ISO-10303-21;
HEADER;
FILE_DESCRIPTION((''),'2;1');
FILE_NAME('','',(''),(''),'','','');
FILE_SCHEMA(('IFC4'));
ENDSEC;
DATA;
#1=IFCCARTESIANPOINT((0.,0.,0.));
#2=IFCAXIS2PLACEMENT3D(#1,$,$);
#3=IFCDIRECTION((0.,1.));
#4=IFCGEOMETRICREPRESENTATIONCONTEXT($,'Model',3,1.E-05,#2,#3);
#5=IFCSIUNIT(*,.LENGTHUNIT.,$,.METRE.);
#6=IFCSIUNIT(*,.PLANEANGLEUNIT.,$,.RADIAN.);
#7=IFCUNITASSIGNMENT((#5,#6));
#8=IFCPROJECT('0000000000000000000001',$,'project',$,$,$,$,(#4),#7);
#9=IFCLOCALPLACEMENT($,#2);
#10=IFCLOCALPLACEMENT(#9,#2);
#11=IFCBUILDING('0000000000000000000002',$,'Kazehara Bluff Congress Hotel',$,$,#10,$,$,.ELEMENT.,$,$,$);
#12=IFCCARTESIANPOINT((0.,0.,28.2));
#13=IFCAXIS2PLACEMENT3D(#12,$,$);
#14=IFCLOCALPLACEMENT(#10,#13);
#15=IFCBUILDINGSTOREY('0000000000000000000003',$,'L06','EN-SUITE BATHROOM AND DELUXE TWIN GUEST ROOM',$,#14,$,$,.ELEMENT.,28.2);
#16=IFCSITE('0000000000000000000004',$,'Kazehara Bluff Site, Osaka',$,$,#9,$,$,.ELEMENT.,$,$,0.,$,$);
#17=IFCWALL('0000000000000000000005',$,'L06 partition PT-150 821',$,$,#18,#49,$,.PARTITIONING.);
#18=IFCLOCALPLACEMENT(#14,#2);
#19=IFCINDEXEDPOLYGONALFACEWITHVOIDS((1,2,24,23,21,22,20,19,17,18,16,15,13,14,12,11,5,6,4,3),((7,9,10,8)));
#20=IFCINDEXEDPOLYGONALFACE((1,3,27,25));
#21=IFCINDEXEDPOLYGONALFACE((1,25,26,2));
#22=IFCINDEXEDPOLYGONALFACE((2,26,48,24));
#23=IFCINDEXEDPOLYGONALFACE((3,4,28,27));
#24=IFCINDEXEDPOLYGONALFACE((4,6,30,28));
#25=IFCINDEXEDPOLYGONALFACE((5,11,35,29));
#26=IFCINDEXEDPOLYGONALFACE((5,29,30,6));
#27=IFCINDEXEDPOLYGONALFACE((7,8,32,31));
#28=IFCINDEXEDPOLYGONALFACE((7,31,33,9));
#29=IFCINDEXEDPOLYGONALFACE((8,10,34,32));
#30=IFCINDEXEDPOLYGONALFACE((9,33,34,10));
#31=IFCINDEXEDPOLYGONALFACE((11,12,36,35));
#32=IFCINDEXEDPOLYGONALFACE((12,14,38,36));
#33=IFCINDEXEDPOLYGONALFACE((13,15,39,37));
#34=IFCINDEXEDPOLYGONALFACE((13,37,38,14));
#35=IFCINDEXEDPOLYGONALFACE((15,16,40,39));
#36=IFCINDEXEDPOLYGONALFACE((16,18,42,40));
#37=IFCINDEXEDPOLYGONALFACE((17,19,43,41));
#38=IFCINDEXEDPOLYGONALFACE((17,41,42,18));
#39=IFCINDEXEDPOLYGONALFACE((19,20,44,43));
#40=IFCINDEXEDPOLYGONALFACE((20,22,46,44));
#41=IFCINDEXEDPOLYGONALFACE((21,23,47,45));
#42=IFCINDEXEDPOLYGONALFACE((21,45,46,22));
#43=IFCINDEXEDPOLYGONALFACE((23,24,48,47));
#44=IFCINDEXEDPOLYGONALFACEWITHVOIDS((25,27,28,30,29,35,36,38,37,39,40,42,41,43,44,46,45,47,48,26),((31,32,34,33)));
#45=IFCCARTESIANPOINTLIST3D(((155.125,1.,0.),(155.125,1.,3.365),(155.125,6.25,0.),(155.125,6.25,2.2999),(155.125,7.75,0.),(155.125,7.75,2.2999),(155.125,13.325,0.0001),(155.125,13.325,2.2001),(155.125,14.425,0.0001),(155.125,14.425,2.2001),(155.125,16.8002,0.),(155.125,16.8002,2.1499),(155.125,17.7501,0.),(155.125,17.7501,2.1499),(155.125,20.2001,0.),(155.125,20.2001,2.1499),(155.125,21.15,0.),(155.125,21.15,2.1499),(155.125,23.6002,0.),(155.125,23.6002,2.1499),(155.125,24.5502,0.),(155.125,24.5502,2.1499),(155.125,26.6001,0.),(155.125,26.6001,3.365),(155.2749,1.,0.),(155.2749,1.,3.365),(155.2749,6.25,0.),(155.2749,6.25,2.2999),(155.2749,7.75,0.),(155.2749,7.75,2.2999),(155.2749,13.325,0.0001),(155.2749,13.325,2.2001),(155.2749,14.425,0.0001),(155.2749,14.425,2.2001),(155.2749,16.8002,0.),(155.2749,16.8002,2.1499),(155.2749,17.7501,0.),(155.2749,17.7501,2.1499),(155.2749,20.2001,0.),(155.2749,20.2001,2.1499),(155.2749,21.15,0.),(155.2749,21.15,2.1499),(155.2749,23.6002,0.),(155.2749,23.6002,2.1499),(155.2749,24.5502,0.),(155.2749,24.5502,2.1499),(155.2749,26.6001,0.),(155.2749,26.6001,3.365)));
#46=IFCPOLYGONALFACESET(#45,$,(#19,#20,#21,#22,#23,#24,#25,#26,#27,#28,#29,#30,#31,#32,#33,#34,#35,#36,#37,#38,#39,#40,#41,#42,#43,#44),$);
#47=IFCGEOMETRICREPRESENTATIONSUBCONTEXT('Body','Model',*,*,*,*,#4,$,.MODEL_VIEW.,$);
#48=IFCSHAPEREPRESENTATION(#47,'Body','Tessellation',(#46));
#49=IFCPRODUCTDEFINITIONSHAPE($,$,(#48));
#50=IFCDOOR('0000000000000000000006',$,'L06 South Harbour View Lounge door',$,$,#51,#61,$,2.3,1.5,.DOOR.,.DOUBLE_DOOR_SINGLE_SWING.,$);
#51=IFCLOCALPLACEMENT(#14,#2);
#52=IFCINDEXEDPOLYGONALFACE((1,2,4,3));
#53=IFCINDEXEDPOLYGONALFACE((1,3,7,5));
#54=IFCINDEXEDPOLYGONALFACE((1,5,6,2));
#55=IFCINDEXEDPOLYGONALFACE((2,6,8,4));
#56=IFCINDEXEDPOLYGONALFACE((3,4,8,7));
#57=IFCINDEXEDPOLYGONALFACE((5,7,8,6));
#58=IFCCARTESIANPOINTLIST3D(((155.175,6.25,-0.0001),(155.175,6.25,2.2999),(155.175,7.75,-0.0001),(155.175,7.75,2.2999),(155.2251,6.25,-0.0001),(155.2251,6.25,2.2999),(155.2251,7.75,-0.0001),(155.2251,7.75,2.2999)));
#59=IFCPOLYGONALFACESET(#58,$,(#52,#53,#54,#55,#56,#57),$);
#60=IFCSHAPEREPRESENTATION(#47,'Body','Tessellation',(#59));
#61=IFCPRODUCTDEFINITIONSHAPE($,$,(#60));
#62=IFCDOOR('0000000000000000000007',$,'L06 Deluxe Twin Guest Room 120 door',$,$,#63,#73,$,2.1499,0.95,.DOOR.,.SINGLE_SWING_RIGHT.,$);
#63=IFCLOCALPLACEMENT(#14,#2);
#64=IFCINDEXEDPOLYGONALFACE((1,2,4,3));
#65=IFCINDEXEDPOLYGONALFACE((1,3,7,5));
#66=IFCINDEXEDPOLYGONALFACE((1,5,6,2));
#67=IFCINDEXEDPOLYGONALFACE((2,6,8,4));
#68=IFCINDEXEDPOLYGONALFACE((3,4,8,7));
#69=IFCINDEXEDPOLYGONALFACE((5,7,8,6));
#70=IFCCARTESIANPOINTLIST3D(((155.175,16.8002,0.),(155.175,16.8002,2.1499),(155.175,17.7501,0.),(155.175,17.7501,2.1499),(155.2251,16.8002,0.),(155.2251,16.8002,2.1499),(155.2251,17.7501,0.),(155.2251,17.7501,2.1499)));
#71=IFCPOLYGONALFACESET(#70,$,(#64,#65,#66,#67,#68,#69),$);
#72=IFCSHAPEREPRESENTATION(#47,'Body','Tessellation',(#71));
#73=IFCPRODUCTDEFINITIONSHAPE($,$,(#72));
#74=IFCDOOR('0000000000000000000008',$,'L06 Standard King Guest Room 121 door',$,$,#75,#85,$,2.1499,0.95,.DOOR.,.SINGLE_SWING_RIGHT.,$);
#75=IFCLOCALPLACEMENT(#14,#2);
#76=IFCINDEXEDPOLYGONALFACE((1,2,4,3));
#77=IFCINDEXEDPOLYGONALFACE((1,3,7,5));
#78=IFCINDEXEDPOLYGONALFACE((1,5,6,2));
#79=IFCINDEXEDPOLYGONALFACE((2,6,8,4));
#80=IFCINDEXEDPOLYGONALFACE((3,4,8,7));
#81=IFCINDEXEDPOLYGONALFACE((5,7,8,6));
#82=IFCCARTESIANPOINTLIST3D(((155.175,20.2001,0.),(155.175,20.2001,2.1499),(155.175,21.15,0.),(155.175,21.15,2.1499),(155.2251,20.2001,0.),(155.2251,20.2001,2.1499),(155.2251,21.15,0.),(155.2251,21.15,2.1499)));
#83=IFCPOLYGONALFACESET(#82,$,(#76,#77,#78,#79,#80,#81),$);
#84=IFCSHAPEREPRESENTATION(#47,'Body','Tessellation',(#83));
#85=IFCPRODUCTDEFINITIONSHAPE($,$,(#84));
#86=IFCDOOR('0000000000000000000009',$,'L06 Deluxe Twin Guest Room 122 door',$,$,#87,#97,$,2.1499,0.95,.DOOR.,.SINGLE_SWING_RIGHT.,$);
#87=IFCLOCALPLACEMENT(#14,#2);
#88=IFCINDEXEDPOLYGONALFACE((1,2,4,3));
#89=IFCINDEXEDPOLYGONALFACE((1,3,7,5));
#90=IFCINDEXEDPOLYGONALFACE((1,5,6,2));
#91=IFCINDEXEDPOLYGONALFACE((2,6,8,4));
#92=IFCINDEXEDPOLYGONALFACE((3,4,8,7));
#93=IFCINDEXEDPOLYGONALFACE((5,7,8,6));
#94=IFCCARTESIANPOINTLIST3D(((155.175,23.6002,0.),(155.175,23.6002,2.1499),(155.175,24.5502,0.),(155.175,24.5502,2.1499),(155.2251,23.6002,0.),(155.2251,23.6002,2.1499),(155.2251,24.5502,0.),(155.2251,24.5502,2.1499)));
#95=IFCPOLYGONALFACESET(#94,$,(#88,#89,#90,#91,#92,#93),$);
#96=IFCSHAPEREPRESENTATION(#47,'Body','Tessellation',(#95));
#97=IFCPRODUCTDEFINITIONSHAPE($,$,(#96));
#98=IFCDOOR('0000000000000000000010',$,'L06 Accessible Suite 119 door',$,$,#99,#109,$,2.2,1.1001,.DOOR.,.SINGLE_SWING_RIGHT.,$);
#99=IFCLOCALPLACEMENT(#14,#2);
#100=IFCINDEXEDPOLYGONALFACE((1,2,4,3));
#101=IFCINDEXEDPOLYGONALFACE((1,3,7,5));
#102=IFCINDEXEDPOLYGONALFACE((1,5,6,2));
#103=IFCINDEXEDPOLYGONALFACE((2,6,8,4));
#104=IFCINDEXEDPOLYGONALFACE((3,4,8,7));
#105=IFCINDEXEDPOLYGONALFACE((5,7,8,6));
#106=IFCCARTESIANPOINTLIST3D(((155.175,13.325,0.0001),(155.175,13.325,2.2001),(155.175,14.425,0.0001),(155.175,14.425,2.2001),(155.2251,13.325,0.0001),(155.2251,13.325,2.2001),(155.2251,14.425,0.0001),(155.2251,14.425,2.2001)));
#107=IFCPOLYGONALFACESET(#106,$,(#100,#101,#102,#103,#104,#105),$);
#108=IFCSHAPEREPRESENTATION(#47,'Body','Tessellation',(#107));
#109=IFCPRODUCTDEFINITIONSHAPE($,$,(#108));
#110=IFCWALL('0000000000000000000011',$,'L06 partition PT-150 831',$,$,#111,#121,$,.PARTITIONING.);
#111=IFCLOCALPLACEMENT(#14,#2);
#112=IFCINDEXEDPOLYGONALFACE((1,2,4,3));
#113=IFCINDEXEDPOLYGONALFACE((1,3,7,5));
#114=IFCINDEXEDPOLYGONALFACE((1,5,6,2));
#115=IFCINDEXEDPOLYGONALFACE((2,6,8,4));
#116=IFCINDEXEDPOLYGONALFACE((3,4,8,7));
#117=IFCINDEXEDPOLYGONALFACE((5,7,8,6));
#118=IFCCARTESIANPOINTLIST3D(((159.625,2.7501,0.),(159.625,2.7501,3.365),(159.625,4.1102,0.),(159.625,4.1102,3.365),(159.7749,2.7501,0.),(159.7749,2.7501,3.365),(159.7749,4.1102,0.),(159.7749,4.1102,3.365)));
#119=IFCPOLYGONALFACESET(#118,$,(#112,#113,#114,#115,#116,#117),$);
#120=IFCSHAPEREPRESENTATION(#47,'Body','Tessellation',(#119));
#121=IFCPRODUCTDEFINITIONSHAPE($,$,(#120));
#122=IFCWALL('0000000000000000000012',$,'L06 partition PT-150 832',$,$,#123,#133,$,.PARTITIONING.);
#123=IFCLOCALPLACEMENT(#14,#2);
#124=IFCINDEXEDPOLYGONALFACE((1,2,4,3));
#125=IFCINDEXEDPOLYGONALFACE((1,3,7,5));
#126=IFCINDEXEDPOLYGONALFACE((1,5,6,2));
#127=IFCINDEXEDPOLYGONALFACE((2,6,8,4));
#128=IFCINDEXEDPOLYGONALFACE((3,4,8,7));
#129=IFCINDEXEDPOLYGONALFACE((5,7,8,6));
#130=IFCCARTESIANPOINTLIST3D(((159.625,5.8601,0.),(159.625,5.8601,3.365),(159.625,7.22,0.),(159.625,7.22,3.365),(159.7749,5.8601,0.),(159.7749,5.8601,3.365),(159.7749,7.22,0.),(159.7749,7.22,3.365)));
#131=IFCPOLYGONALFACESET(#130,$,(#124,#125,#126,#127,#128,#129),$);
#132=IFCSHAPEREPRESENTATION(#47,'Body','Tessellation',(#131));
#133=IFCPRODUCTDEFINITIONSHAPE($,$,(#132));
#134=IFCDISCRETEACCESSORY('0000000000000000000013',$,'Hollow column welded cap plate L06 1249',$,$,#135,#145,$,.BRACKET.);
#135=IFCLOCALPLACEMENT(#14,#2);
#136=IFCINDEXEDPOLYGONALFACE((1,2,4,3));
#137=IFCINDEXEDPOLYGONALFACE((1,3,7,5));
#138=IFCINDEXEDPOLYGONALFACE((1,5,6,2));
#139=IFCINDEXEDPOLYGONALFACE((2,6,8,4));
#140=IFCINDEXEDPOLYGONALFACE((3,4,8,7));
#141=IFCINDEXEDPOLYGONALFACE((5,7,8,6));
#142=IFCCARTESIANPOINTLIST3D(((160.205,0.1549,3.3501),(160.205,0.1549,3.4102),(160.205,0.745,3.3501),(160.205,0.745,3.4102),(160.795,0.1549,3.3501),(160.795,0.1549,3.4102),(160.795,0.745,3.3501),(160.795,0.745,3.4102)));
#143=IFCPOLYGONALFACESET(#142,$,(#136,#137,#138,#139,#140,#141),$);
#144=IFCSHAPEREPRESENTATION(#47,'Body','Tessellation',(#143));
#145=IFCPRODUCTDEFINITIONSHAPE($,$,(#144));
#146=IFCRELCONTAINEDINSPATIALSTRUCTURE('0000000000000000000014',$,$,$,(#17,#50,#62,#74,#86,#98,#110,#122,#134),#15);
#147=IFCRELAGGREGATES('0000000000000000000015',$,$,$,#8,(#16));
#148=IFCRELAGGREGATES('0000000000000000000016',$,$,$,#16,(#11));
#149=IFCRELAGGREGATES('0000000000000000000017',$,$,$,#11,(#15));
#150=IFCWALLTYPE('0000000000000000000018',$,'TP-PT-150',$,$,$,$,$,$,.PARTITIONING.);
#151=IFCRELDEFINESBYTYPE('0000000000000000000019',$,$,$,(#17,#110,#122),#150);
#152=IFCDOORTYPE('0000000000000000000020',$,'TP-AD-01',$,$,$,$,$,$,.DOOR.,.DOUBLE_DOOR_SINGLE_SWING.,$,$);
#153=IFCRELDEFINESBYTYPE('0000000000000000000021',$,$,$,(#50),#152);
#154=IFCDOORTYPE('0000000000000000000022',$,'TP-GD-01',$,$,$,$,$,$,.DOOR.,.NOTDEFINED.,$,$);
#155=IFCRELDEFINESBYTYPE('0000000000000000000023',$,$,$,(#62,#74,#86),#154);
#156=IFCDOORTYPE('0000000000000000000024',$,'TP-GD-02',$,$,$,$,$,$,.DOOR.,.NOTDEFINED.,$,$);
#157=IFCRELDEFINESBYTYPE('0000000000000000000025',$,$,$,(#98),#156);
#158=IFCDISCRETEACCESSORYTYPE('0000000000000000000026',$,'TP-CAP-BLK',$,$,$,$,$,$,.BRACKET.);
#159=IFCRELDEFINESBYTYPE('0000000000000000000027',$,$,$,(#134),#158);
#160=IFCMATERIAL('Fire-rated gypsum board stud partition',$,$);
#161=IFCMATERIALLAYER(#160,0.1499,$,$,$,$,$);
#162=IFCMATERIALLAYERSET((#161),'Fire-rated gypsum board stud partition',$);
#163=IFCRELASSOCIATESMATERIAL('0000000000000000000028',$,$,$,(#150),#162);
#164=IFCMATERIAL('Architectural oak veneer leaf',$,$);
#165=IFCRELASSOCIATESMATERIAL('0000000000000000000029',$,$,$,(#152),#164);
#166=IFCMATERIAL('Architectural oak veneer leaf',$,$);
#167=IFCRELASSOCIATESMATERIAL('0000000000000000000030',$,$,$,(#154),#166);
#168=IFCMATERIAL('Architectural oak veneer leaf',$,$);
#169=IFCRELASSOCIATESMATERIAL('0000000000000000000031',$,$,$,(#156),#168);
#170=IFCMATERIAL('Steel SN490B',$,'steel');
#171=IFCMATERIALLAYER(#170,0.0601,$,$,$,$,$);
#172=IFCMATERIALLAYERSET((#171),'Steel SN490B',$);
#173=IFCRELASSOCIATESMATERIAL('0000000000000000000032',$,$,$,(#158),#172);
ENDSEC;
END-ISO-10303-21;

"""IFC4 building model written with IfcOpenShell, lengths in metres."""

from ifc_helpers import new_model, si_unit, direction, frame, frame_2d, origin, origin_2d, place, context, subcontext, project, spatial, rectangle, extrude, material, layer, layer_set, type_object, element, fill, save


model = new_model("IFC4")

# Units and contexts
model_context = context("Model", 3, precision=1e-05, world=origin(), true_north=direction((0.0, 1.0)))
body_context = subcontext(model_context, "Body", "Model", "MODEL_VIEW")
ifc_project = project(units=[si_unit("LENGTHUNIT", "METRE"), si_unit("PLANEANGLEUNIT", "RADIAN")], contexts=[model_context])

# Site, building, storey
site_placement = place(None, origin())
site = spatial("IfcSite", under=ifc_project, at=site_placement, Name="Kazehara Bluff Site, Osaka", CompositionType="ELEMENT", RefElevation=0.0)
building_placement = place(site_placement, origin())
building = spatial("IfcBuilding", under=site, at=building_placement, Name="Kazehara Bluff Congress Hotel", CompositionType="ELEMENT")
storey_placement = place(building_placement, frame((0.0, 0.0, 28.2)))
storey = spatial("IfcBuildingStorey", under=building, at=storey_placement, Name="L06", Description="EN-SUITE BATHROOM AND DELUXE TWIN GUEST ROOM", CompositionType="ELEMENT", Elevation=28.2)

# Shared definitions
ifc_material_1 = material(Name="Fire-rated gypsum board stud partition")
ifc_layer_1 = layer(ifc_material_1, 0.1499)
ifc_layer_set_1 = layer_set([ifc_layer_1], Name="Fire-rated gypsum board stud partition")
wall_type = type_object("IfcWallType", Name="TP-PT-150", PredefinedType="PARTITIONING", material=ifc_layer_set_1)

# Wall, openings, doors
wall_1_placement = place(storey_placement, frame((155.2, 1.0, 0.0), z_axis=(0.0, 0.0, 1.0), x_axis=(0.0, 1.0, 0.0)))
wall_1 = element("IfcWall", 1, at=wall_1_placement, inside=storey, type_object=wall_type, Name="L06 partition PT-150 821", PredefinedType="PARTITIONING", context=body_context, shape_type="SweptSolid", body=[
    extrude(rectangle(XDim=25.6001, YDim=0.1499, at=frame_2d((12.8, 0.0))), origin(), (0.0, 0.0, 1.0), 3.365),
])
opening_1_placement = place(wall_1_placement, frame((5.25, 0.0, 0.0)))
opening_1 = element("IfcOpeningElement", 2, at=opening_1_placement, cuts=wall_1, PredefinedType="OPENING", context=body_context, shape_type="SweptSolid", body=[
    extrude(rectangle(XDim=1.5, YDim=2.3, at=frame_2d((0.75, 1.1499))), frame((0.0, 0.085, 0.0), z_axis=(0.0, -1.0, 0.0), x_axis=(1.0, 0.0, 0.0)), (0.0, 0.0, 1.0), 0.1699),
])
opening_2_placement = place(wall_1_placement, frame((12.325, 0.0, 0.0)))
opening_2 = element("IfcOpeningElement", 3, at=opening_2_placement, cuts=wall_1, PredefinedType="OPENING", context=body_context, shape_type="SweptSolid", body=[
    extrude(rectangle(XDim=1.1001, YDim=2.2, at=frame_2d((0.55, 1.1001))), frame((0.0, 0.085, 0.0), z_axis=(0.0, -1.0, 0.0), x_axis=(1.0, 0.0, 0.0)), (0.0, 0.0, 1.0), 0.1699),
])
opening_3_placement = place(wall_1_placement, frame((15.8, 0.0, 0.0)))
opening_3 = element("IfcOpeningElement", 4, at=opening_3_placement, cuts=wall_1, PredefinedType="OPENING", context=body_context, shape_type="SweptSolid", body=[
    extrude(rectangle(XDim=0.95, YDim=2.1499, at=frame_2d((0.4751, 1.075))), frame((0.0, 0.085, 0.0), z_axis=(0.0, -1.0, 0.0), x_axis=(1.0, 0.0, 0.0)), (0.0, 0.0, 1.0), 0.1699),
])
opening_4_placement = place(wall_1_placement, frame((19.2, 0.0, 0.0)))
opening_4 = element("IfcOpeningElement", 5, at=opening_4_placement, cuts=wall_1, PredefinedType="OPENING", context=body_context, shape_type="SweptSolid", body=[
    extrude(rectangle(XDim=0.95, YDim=2.1499, at=frame_2d((0.4751, 1.075))), frame((0.0, 0.085, 0.0), z_axis=(0.0, -1.0, 0.0), x_axis=(1.0, 0.0, 0.0)), (0.0, 0.0, 1.0), 0.1699),
])
opening_5_placement = place(wall_1_placement, frame((22.6001, 0.0, 0.0)))
opening_5 = element("IfcOpeningElement", 6, at=opening_5_placement, cuts=wall_1, PredefinedType="OPENING", context=body_context, shape_type="SweptSolid", body=[
    extrude(rectangle(XDim=0.95, YDim=2.1499, at=frame_2d((0.4751, 1.075))), frame((0.0, 0.085, 0.0), z_axis=(0.0, -1.0, 0.0), x_axis=(1.0, 0.0, 0.0)), (0.0, 0.0, 1.0), 0.1699),
])
ifc_material_2 = material(Name="Architectural oak veneer leaf")
door_type_1 = type_object("IfcDoorType", Name="TP-AD-01", OperationType="DOUBLE_DOOR_SINGLE_SWING", PredefinedType="DOOR", material=ifc_material_2)
door_1_placement = place(opening_1_placement, origin())
door_1 = element("IfcDoor", 7, at=door_1_placement, inside=storey, type_object=door_type_1, Name="L06 South Harbour View Lounge door", OperationType="DOUBLE_DOOR_SINGLE_SWING", OverallHeight=2.3, OverallWidth=1.5, PredefinedType="DOOR", context=body_context, shape_type="SweptSolid", body=[
    extrude(rectangle(XDim=1.5, YDim=2.3, at=frame_2d((0.75, 1.1499))), frame((0.0, 0.0249, 0.0), z_axis=(0.0, -1.0, 0.0), x_axis=(1.0, 0.0, 0.0)), (0.0, 0.0, 1.0), 0.05),
])
fill(opening_1, door_1)
ifc_material_3 = material(Name="Architectural oak veneer leaf")
door_type_2 = type_object("IfcDoorType", Name="TP-GD-01", OperationType="NOTDEFINED", PredefinedType="DOOR", material=ifc_material_3)
door_2_placement = place(opening_3_placement, origin())
door_2 = element("IfcDoor", 8, at=door_2_placement, inside=storey, type_object=door_type_2, Name="L06 Deluxe Twin Guest Room 120 door", OperationType="SINGLE_SWING_RIGHT", OverallHeight=2.1499, OverallWidth=0.95, PredefinedType="DOOR", context=body_context, shape_type="SweptSolid", body=[
    extrude(rectangle(XDim=0.95, YDim=2.1499, at=frame_2d((0.4751, 1.075))), frame((0.0, 0.0249, 0.0), z_axis=(0.0, -1.0, 0.0), x_axis=(1.0, 0.0, 0.0)), (0.0, 0.0, 1.0), 0.05),
])
fill(opening_3, door_2)
door_3_placement = place(opening_4_placement, origin())
door_3 = element("IfcDoor", 9, at=door_3_placement, inside=storey, type_object=door_type_2, Name="L06 Standard King Guest Room 121 door", OperationType="SINGLE_SWING_RIGHT", OverallHeight=2.1499, OverallWidth=0.95, PredefinedType="DOOR", context=body_context, shape_type="SweptSolid", body=[
    extrude(rectangle(XDim=0.95, YDim=2.1499, at=frame_2d((0.4751, 1.075))), frame((0.0, 0.0249, 0.0), z_axis=(0.0, -1.0, 0.0), x_axis=(1.0, 0.0, 0.0)), (0.0, 0.0, 1.0), 0.05),
])
fill(opening_4, door_3)
door_4_placement = place(opening_5_placement, origin())
door_4 = element("IfcDoor", 10, at=door_4_placement, inside=storey, type_object=door_type_2, Name="L06 Deluxe Twin Guest Room 122 door", OperationType="SINGLE_SWING_RIGHT", OverallHeight=2.1499, OverallWidth=0.95, PredefinedType="DOOR", context=body_context, shape_type="SweptSolid", body=[
    extrude(rectangle(XDim=0.95, YDim=2.1499, at=frame_2d((0.4751, 1.075))), frame((0.0, 0.0249, 0.0), z_axis=(0.0, -1.0, 0.0), x_axis=(1.0, 0.0, 0.0)), (0.0, 0.0, 1.0), 0.05),
])
fill(opening_5, door_4)
ifc_material_4 = material(Name="Architectural oak veneer leaf")
door_type_3 = type_object("IfcDoorType", Name="TP-GD-02", OperationType="NOTDEFINED", PredefinedType="DOOR", material=ifc_material_4)
door_5_placement = place(opening_2_placement, origin())
door_5 = element("IfcDoor", 11, at=door_5_placement, inside=storey, type_object=door_type_3, Name="L06 Accessible Suite 119 door", OperationType="SINGLE_SWING_RIGHT", OverallHeight=2.2, OverallWidth=1.1001, PredefinedType="DOOR", context=body_context, shape_type="SweptSolid", body=[
    extrude(rectangle(XDim=1.1001, YDim=2.2, at=frame_2d((0.55, 1.1001))), frame((0.0, 0.0249, 0.0), z_axis=(0.0, -1.0, 0.0), x_axis=(1.0, 0.0, 0.0)), (0.0, 0.0, 1.0), 0.05),
])
fill(opening_2, door_5)

# Walls
wall_2_placement = place(storey_placement, frame((159.7, 2.75, 0.0), z_axis=(0.0, 0.0, 1.0), x_axis=(0.0, 1.0, 0.0)))
element("IfcWall", 12, at=wall_2_placement, inside=storey, type_object=wall_type, Name="L06 partition PT-150 831", PredefinedType="PARTITIONING", context=body_context, shape_type="SweptSolid", body=[
    extrude(rectangle(XDim=1.3601, YDim=0.1499, at=frame_2d((0.6802, 0.0))), origin(), (0.0, 0.0, 1.0), 3.365),
])
wall_3_placement = place(storey_placement, frame((159.7, 5.8601, 0.0), z_axis=(0.0, 0.0, 1.0), x_axis=(0.0, 1.0, 0.0)))
element("IfcWall", 13, at=wall_3_placement, inside=storey, type_object=wall_type, Name="L06 partition PT-150 832", PredefinedType="PARTITIONING", context=body_context, shape_type="SweptSolid", body=[
    extrude(rectangle(XDim=1.3599, YDim=0.1499, at=frame_2d((0.6799, 0.0))), origin(), (0.0, 0.0, 1.0), 3.365),
])

# Discrete accessory
ifc_material_5 = material(Name="Steel SN490B", Category="steel")
ifc_layer_2 = layer(ifc_material_5, 0.0601)
ifc_layer_set_2 = layer_set([ifc_layer_2], Name="Steel SN490B")
discrete_accessory_type = type_object("IfcDiscreteAccessoryType", Name="TP-CAP-BLK", PredefinedType="BRACKET", material=ifc_layer_set_2)
discrete_accessory_placement = place(storey_placement, frame((160.5, 0.45, 3.3501), z_axis=(0.0, 0.0, 1.0), x_axis=(1.0, 0.0, 0.0)))
element("IfcDiscreteAccessory", 14, at=discrete_accessory_placement, inside=storey, type_object=discrete_accessory_type, Name="Hollow column welded cap plate L06 1249", PredefinedType="BRACKET", context=body_context, shape_type="SweptSolid", body=[
    extrude(rectangle(XDim=0.5901, YDim=0.5901, at=origin_2d()), origin(), (0.0, 0.0, 1.0), 0.0601),
])

save(model, "model.ifc")
